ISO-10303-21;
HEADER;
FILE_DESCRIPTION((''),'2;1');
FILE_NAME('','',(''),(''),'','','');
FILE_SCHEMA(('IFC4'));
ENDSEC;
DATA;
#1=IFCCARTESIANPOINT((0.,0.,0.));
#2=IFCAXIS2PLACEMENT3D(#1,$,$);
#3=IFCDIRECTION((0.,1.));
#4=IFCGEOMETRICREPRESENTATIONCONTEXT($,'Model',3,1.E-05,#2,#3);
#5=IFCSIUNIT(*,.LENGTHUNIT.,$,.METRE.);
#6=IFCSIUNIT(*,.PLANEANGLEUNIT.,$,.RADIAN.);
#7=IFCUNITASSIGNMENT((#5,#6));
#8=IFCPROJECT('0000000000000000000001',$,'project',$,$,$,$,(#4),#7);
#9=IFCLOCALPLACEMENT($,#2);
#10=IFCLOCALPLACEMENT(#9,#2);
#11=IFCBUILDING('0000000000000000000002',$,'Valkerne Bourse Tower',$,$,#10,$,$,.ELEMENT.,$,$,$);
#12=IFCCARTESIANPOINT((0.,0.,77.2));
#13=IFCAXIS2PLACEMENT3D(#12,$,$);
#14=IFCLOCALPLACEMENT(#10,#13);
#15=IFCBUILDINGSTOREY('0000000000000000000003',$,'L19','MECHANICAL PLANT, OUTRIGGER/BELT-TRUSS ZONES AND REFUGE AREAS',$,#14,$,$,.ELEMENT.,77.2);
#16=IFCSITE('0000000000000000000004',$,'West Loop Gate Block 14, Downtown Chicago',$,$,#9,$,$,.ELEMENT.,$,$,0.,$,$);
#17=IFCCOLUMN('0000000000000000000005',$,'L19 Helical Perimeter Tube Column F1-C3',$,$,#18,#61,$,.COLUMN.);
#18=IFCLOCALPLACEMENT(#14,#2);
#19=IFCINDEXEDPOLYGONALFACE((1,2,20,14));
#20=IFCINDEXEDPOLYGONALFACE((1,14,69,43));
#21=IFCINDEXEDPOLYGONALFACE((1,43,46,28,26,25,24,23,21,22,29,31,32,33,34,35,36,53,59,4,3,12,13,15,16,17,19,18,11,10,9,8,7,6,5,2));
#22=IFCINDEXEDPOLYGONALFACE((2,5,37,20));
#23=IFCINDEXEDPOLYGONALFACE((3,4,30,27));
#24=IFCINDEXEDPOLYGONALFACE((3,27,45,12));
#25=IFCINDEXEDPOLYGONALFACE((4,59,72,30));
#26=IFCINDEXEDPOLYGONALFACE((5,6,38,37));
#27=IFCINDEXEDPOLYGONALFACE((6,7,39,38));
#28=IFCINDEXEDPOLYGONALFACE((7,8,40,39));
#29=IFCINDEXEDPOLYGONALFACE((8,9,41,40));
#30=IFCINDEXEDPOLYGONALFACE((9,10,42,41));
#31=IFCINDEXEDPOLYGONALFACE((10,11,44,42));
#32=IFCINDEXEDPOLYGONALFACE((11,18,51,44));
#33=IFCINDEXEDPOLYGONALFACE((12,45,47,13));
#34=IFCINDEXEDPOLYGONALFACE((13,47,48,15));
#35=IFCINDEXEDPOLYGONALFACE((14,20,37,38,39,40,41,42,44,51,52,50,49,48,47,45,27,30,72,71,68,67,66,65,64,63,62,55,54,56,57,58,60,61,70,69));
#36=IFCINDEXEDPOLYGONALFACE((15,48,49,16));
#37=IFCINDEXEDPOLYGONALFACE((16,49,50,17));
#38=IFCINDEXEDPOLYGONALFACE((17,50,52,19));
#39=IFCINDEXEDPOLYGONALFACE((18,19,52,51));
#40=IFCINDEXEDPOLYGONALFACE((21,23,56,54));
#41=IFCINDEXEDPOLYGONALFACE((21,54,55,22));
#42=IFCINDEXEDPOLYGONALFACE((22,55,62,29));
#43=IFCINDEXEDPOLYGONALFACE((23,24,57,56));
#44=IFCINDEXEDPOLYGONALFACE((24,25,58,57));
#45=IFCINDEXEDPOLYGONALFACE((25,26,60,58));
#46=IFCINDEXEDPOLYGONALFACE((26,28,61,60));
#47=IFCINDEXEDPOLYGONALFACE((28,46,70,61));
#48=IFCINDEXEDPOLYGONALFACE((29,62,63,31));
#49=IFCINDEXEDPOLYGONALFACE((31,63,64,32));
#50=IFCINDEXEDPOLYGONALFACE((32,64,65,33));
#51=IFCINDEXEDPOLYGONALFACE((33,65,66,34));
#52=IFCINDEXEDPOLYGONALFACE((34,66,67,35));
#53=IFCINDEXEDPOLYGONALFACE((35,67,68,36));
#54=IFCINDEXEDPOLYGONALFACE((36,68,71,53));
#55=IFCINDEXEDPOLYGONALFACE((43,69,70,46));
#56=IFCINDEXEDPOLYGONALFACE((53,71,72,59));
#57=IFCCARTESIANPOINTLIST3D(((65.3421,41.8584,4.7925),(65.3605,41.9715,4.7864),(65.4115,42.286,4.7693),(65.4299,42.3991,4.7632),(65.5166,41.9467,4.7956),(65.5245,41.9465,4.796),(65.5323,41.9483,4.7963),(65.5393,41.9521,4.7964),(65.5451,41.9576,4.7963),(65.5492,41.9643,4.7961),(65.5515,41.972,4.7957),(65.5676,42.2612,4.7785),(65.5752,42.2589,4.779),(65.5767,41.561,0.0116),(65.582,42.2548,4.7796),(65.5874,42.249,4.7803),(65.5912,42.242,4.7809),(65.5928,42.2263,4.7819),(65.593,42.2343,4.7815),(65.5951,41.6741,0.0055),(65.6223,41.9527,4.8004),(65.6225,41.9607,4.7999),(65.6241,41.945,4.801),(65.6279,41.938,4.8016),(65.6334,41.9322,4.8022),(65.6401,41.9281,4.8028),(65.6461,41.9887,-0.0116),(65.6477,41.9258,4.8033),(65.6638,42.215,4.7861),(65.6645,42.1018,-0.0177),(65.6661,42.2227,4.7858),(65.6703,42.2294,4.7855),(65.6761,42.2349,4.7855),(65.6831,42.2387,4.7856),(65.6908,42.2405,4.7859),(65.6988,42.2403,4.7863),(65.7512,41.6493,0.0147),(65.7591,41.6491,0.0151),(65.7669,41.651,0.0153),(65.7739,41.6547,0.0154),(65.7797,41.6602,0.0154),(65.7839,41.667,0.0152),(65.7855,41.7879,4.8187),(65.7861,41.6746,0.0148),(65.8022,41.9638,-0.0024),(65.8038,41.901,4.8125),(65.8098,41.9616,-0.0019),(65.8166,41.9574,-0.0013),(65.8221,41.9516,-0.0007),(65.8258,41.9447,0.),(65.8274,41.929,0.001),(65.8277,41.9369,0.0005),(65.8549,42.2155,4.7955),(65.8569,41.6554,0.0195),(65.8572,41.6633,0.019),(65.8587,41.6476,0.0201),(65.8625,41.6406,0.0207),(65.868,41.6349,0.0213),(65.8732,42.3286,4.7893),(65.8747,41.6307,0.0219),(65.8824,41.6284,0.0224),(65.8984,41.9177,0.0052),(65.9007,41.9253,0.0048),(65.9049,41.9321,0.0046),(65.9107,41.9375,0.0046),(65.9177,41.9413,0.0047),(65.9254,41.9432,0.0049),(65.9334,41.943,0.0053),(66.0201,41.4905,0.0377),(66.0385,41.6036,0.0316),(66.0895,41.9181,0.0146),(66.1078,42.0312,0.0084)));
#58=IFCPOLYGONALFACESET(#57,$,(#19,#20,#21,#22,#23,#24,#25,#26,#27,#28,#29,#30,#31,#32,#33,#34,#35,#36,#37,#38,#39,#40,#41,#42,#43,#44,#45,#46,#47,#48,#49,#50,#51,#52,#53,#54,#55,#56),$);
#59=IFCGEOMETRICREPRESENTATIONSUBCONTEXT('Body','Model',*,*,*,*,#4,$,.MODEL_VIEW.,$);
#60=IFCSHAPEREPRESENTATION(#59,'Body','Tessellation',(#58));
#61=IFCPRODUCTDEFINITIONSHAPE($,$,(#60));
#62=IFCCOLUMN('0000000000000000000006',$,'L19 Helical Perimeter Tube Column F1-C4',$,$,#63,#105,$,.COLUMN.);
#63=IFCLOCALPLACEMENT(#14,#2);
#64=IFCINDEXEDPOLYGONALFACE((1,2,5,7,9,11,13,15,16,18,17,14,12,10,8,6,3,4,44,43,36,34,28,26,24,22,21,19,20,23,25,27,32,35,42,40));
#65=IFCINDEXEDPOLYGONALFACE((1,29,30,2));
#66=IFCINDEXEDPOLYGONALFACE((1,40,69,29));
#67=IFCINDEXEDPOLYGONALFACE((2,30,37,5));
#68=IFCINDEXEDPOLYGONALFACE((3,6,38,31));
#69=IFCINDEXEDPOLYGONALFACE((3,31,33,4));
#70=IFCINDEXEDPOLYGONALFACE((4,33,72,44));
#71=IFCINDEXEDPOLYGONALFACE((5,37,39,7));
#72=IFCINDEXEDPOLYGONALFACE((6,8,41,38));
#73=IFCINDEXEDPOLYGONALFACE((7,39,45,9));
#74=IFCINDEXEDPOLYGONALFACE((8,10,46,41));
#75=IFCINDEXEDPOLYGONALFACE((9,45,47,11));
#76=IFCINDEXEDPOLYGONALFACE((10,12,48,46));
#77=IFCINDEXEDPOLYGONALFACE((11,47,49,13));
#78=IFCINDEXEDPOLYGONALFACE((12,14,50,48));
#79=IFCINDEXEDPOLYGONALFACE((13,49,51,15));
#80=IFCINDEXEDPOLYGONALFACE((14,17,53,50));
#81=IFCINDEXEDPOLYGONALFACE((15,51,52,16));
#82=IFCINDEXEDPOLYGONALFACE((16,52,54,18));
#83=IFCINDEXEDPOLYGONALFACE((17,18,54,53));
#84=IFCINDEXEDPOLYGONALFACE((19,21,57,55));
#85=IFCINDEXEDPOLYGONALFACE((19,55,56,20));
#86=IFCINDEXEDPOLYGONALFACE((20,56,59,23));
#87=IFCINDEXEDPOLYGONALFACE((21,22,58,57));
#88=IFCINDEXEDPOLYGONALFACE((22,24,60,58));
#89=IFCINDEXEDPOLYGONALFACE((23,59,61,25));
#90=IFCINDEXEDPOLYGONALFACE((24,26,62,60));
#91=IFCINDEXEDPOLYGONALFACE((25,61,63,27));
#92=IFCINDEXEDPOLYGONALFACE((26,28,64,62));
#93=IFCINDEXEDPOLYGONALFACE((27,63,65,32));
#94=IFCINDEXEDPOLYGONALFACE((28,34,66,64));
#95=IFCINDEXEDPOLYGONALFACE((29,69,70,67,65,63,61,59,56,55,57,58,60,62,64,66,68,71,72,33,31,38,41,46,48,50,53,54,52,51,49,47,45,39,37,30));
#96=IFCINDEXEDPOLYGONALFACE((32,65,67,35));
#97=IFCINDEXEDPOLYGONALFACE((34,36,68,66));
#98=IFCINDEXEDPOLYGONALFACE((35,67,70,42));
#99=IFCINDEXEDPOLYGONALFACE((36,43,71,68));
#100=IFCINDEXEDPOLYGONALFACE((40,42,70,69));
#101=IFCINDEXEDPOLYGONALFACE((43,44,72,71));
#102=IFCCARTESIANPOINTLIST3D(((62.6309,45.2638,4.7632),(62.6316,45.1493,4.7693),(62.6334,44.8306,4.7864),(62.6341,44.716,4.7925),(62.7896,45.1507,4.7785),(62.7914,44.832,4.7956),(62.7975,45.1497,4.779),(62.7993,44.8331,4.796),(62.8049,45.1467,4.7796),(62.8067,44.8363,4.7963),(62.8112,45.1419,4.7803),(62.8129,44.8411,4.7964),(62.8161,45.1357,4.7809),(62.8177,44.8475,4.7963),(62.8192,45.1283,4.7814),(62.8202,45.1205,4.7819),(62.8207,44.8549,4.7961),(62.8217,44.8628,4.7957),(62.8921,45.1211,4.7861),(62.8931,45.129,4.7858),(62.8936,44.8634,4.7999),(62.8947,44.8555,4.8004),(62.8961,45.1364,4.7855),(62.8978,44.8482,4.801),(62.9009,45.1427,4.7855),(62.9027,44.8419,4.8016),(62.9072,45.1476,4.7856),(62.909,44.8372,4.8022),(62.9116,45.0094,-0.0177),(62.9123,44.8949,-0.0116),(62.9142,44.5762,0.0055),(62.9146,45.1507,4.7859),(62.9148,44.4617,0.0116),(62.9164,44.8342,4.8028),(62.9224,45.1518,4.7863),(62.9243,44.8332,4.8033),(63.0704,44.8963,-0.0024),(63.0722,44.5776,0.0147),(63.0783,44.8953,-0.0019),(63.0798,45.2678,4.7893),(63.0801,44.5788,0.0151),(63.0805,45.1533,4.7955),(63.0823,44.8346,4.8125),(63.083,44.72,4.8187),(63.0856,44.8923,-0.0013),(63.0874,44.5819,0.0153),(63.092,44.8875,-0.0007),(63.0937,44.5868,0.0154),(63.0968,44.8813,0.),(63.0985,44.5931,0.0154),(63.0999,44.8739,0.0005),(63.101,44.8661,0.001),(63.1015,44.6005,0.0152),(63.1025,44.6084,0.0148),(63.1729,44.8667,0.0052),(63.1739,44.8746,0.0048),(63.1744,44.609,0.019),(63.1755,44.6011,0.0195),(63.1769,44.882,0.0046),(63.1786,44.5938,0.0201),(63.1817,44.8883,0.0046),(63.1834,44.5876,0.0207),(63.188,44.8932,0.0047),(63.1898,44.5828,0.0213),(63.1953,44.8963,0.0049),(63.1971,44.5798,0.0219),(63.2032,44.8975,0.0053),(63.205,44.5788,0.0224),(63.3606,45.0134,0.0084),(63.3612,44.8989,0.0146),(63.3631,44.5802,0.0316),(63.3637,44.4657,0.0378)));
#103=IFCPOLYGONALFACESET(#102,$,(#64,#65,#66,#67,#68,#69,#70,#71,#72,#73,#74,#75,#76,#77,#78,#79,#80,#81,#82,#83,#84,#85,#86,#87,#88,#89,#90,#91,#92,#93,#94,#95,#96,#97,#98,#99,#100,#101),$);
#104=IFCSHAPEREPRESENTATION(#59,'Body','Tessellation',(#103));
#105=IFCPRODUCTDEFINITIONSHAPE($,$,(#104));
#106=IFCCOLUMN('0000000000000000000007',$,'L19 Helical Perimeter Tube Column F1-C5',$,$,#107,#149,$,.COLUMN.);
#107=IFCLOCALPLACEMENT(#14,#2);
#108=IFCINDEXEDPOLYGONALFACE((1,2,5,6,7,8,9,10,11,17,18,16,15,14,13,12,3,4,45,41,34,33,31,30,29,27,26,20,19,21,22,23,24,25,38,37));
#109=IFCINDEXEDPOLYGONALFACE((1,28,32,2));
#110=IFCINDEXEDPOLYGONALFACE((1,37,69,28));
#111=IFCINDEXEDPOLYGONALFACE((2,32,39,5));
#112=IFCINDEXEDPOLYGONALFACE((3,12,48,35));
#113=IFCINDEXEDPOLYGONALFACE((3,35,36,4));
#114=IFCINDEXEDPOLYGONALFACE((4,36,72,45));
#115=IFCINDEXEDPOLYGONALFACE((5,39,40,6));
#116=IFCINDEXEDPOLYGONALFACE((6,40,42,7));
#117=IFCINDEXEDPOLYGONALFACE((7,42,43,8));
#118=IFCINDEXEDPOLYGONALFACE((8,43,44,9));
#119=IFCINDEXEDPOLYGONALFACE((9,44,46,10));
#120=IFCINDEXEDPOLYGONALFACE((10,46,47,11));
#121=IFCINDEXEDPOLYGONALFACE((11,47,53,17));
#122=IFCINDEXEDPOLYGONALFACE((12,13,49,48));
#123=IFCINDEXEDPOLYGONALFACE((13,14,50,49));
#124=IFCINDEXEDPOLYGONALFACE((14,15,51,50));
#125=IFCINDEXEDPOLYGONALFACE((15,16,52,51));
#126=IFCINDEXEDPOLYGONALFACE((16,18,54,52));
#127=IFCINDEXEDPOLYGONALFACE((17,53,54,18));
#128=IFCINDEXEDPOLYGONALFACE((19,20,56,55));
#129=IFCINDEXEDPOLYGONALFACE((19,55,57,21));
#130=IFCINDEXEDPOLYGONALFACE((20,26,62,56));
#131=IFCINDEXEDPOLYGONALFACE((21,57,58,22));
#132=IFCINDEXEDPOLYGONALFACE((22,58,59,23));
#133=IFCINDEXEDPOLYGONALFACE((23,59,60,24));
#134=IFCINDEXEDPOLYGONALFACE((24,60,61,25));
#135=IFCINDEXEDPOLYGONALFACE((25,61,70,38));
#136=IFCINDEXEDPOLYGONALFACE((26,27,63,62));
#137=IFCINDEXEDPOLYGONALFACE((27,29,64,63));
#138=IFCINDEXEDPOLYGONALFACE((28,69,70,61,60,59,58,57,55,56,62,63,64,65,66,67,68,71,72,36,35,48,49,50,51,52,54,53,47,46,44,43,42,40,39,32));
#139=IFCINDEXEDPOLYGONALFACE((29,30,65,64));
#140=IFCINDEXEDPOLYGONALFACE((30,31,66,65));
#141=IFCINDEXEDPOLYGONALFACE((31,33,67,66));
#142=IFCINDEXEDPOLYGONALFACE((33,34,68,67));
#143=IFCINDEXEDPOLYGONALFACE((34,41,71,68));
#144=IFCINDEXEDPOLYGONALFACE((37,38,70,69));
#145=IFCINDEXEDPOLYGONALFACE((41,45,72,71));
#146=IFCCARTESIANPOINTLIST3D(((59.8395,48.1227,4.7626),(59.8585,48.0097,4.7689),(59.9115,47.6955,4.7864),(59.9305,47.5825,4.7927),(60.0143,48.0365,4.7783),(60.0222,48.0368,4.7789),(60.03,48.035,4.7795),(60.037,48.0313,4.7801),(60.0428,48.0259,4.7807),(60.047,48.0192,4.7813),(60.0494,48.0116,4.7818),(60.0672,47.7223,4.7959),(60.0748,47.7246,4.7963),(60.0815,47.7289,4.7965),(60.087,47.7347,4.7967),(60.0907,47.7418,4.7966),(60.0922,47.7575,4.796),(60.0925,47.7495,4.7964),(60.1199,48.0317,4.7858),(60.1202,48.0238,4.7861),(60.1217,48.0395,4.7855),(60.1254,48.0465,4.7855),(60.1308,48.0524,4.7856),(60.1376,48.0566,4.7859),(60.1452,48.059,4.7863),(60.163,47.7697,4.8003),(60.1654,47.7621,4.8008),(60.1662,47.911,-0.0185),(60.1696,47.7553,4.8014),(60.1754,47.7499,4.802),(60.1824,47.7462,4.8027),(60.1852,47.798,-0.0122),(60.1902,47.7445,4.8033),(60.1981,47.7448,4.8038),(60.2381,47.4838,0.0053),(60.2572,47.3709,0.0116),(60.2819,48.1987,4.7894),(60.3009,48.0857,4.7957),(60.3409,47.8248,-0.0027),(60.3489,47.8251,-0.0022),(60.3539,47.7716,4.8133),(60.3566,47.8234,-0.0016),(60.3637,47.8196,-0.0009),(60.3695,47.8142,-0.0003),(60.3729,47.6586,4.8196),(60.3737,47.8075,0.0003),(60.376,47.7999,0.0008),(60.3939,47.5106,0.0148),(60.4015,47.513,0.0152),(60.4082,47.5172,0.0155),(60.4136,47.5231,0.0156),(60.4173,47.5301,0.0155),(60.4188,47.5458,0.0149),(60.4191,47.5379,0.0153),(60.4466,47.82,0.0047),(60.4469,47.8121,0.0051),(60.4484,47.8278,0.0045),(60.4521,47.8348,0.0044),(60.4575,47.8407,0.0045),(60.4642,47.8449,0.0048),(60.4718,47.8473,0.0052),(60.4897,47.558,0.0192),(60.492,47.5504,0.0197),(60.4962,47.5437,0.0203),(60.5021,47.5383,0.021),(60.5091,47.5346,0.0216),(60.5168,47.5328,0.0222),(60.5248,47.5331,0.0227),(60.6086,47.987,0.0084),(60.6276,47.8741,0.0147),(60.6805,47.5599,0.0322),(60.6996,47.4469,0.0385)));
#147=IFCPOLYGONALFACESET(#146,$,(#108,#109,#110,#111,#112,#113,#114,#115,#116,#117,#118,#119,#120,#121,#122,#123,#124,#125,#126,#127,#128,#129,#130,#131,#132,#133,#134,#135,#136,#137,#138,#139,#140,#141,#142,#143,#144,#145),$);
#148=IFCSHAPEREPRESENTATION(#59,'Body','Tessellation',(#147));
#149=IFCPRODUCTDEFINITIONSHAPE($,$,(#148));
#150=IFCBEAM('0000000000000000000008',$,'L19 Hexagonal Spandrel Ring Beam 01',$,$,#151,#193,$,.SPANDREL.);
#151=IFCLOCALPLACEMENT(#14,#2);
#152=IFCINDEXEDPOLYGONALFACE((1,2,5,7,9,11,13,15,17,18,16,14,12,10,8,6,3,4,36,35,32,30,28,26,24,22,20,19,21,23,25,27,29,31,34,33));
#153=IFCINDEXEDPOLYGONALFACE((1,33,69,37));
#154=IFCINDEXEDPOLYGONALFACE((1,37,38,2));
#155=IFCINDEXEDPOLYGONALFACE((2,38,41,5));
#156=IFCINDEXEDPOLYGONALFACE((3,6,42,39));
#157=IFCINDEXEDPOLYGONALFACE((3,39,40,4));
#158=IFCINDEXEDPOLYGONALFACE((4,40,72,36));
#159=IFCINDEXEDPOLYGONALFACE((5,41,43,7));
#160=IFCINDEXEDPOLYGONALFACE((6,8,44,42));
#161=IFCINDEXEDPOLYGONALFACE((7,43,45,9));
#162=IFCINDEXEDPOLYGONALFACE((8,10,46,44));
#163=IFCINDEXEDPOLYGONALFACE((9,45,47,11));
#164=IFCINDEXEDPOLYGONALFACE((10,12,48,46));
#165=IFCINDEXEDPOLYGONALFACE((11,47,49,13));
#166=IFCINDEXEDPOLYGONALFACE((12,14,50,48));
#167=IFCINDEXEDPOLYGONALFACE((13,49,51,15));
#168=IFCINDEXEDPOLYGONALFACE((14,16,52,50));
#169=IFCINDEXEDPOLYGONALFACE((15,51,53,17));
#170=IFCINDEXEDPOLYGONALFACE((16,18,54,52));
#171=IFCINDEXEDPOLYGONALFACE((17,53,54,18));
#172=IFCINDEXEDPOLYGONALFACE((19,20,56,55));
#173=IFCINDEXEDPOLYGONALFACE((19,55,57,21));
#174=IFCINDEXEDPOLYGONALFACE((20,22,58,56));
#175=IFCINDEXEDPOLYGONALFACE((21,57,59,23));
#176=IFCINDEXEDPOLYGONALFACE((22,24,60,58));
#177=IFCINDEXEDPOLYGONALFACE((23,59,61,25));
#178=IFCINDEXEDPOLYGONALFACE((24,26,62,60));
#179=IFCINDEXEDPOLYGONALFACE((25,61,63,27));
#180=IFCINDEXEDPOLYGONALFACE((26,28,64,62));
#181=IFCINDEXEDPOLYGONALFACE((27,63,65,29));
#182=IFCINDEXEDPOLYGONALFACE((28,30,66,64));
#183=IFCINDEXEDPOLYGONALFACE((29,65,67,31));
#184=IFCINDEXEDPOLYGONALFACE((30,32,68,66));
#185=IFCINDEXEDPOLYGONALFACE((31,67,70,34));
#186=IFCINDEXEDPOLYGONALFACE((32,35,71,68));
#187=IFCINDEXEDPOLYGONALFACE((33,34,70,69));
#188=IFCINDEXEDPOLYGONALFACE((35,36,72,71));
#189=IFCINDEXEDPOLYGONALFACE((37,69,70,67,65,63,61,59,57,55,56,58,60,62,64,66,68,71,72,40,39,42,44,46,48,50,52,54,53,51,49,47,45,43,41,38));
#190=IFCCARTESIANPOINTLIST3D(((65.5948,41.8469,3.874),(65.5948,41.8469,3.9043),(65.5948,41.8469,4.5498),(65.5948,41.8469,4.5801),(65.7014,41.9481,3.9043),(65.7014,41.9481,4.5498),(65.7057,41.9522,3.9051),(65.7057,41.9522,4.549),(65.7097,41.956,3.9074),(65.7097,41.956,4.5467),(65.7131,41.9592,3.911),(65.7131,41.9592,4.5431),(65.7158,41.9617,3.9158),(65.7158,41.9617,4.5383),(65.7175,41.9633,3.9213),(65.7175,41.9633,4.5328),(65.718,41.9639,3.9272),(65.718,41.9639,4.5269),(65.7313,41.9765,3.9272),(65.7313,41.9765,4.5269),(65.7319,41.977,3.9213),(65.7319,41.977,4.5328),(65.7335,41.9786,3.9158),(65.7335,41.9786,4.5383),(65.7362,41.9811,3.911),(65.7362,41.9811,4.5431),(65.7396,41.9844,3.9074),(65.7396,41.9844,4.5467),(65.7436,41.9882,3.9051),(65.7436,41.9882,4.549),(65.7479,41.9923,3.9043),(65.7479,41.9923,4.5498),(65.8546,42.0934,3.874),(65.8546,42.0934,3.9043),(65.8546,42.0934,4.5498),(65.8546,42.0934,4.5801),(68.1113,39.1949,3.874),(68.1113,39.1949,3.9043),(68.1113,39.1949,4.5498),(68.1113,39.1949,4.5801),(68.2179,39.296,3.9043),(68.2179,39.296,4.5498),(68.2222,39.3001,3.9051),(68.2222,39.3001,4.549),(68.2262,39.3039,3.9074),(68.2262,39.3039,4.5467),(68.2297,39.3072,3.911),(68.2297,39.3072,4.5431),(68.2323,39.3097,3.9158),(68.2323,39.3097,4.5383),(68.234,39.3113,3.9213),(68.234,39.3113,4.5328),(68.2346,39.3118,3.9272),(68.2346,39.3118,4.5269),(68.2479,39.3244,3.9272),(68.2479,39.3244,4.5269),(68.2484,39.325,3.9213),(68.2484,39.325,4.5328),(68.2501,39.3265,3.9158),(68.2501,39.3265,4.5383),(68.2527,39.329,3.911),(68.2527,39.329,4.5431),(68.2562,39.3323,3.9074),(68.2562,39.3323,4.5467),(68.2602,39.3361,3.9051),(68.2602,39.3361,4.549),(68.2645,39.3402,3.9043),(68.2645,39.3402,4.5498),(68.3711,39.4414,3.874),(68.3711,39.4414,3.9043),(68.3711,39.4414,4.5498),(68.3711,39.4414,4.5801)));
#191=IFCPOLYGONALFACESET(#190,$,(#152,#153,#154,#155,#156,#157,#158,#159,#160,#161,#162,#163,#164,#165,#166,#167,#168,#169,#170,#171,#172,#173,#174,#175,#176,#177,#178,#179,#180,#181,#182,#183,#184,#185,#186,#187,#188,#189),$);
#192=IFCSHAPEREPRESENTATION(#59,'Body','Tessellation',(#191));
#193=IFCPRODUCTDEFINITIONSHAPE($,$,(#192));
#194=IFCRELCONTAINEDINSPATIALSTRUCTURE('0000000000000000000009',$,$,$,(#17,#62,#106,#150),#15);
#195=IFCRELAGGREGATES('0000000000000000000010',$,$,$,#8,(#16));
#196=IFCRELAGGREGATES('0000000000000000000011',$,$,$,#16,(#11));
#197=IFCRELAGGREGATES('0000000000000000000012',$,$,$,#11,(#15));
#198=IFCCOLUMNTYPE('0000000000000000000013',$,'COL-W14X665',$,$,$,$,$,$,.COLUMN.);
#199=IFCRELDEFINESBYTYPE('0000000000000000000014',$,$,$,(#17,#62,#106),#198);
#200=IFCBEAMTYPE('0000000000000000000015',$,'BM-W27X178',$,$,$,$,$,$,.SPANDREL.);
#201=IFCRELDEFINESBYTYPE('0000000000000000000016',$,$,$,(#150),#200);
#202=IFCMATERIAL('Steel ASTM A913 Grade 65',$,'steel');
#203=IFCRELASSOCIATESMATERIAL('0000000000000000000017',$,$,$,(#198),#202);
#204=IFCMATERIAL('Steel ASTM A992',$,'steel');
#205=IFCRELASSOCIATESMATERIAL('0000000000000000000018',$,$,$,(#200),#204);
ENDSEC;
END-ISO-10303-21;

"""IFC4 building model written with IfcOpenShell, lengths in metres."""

from ifc_helpers import new_model, si_unit, direction, frame, origin, origin_2d, place, context, subcontext, project, spatial, i_section, extrude, material, material_profile, profile_set, type_object, element, save


model = new_model("IFC4")

# Units and contexts
model_context = context("Model", 3, precision=1e-05, world=origin(), true_north=direction((0.0, 1.0)))
body_context = subcontext(model_context, "Body", "Model", "MODEL_VIEW")
ifc_project = project(units=[si_unit("LENGTHUNIT", "METRE"), si_unit("PLANEANGLEUNIT", "RADIAN")], contexts=[model_context])

# Site, building, storey
site_placement = place(None, origin())
site = spatial("IfcSite", under=ifc_project, at=site_placement, Name="West Loop Gate Block 14, Downtown Chicago", CompositionType="ELEMENT", RefElevation=0.0)
building_placement = place(site_placement, origin())
building = spatial("IfcBuilding", under=site, at=building_placement, Name="Valkerne Bourse Tower", CompositionType="ELEMENT")
storey_placement = place(building_placement, frame((0.0, 0.0, 77.2)))
storey = spatial("IfcBuildingStorey", under=building, at=storey_placement, Name="L19", Description="MECHANICAL PLANT, OUTRIGGER/BELT-TRUSS ZONES AND REFUGE AREAS", CompositionType="ELEMENT", Elevation=77.2)

# Columns
ifc_material_1 = material(Name="Steel ASTM A913 Grade 65", Category="steel")
ifc_material_profile_1 = material_profile(ifc_material_1, i_section(OverallWidth=0.4497, OverallDepth=0.5486, WebThickness=0.072, FlangeThickness=0.1147, FilletRadius=0.0305, at=origin_2d()), Name="W14X665")
ifc_profile_set_1 = profile_set([ifc_material_profile_1], Name="Steel ASTM A913 Grade 65")
column_type = type_object("IfcColumnType", Name="COL-W14X665", PredefinedType="COLUMN", material=ifc_profile_set_1)
for number, where, z_axis, x_axis, name in (
    (1, (65.8423, 41.7961, 0.01), (-0.04892, 0.062003, 0.996876), (0.985916, -0.156812, 0.058135), "L19 Helical Perimeter Tube Column F1-C3"),
    (2, (63.1377, 44.7375, 0.01), (-0.058541, 0.053043, 0.996875), (0.998268, 0.008887, 0.05815), "L19 Helical Perimeter Tube Column F1-C4"),
):
    element("IfcColumn", number, at=place(storey_placement, frame(where, z_axis=z_axis, x_axis=x_axis)), inside=storey, type_object=column_type, Name=name, PredefinedType="COLUMN", context=body_context, shape_type="SweptSolid", body=[
        extrude(i_section(OverallWidth=0.4497, OverallDepth=0.5486, WebThickness=0.072, FlangeThickness=0.1147, FilletRadius=0.0305, at=origin_2d()), origin(), (0.0, 0.0, 1.0), 4.7959),
    ])
column_placement = place(storey_placement, frame((60.4329, 47.679, 0.01), z_axis=(-0.068099, 0.044127, 0.996702), x_axis=(0.983791, 0.169078, 0.059731)))
element("IfcColumn", 3, at=column_placement, inside=storey, type_object=column_type, Name="L19 Helical Perimeter Tube Column F1-C5", PredefinedType="COLUMN", context=body_context, shape_type="SweptSolid", body=[
    extrude(i_section(OverallWidth=0.4497, OverallDepth=0.5486, WebThickness=0.072, FlangeThickness=0.1147, FilletRadius=0.0305, at=origin_2d()), origin(), (0.0, 0.0, 1.0), 4.7969),
])

# Beam
ifc_material_2 = material(Name="Steel ASTM A992", Category="steel")
ifc_material_profile_2 = material_profile(ifc_material_2, i_section(OverallWidth=0.3582, OverallDepth=0.7061, WebThickness=0.0183, FlangeThickness=0.0303, FilletRadius=0.0229, at=origin_2d()), Name="W27X178")
ifc_profile_set_2 = profile_set([ifc_material_profile_2], Name="Steel ASTM A992")
beam_type_1 = type_object("IfcBeamType", Name="BM-W27X178", PredefinedType="SPANDREL", material=ifc_profile_set_2)
for number, where, z_axis, x_axis, name in (
    (4, (68.2412, 39.3181, 4.2271), (-0.688333, 0.725394, 0.0), (-0.725394, -0.688333, 0.0), "L19 Hexagonal Spandrel Ring Beam 01"),
):
    element("IfcBeam", number, at=place(storey_placement, frame(where, z_axis=z_axis, x_axis=x_axis)), inside=storey, type_object=beam_type_1, Name=name, PredefinedType="SPANDREL", context=body_context, shape_type="SweptSolid", body=[
        extrude(i_section(OverallWidth=0.3582, OverallDepth=0.7061, WebThickness=0.0183, FlangeThickness=0.0303, FilletRadius=0.0229, at=origin_2d()), origin(), (0.0, 0.0, 1.0), 3.656),
    ])

save(model, "model.ifc")
